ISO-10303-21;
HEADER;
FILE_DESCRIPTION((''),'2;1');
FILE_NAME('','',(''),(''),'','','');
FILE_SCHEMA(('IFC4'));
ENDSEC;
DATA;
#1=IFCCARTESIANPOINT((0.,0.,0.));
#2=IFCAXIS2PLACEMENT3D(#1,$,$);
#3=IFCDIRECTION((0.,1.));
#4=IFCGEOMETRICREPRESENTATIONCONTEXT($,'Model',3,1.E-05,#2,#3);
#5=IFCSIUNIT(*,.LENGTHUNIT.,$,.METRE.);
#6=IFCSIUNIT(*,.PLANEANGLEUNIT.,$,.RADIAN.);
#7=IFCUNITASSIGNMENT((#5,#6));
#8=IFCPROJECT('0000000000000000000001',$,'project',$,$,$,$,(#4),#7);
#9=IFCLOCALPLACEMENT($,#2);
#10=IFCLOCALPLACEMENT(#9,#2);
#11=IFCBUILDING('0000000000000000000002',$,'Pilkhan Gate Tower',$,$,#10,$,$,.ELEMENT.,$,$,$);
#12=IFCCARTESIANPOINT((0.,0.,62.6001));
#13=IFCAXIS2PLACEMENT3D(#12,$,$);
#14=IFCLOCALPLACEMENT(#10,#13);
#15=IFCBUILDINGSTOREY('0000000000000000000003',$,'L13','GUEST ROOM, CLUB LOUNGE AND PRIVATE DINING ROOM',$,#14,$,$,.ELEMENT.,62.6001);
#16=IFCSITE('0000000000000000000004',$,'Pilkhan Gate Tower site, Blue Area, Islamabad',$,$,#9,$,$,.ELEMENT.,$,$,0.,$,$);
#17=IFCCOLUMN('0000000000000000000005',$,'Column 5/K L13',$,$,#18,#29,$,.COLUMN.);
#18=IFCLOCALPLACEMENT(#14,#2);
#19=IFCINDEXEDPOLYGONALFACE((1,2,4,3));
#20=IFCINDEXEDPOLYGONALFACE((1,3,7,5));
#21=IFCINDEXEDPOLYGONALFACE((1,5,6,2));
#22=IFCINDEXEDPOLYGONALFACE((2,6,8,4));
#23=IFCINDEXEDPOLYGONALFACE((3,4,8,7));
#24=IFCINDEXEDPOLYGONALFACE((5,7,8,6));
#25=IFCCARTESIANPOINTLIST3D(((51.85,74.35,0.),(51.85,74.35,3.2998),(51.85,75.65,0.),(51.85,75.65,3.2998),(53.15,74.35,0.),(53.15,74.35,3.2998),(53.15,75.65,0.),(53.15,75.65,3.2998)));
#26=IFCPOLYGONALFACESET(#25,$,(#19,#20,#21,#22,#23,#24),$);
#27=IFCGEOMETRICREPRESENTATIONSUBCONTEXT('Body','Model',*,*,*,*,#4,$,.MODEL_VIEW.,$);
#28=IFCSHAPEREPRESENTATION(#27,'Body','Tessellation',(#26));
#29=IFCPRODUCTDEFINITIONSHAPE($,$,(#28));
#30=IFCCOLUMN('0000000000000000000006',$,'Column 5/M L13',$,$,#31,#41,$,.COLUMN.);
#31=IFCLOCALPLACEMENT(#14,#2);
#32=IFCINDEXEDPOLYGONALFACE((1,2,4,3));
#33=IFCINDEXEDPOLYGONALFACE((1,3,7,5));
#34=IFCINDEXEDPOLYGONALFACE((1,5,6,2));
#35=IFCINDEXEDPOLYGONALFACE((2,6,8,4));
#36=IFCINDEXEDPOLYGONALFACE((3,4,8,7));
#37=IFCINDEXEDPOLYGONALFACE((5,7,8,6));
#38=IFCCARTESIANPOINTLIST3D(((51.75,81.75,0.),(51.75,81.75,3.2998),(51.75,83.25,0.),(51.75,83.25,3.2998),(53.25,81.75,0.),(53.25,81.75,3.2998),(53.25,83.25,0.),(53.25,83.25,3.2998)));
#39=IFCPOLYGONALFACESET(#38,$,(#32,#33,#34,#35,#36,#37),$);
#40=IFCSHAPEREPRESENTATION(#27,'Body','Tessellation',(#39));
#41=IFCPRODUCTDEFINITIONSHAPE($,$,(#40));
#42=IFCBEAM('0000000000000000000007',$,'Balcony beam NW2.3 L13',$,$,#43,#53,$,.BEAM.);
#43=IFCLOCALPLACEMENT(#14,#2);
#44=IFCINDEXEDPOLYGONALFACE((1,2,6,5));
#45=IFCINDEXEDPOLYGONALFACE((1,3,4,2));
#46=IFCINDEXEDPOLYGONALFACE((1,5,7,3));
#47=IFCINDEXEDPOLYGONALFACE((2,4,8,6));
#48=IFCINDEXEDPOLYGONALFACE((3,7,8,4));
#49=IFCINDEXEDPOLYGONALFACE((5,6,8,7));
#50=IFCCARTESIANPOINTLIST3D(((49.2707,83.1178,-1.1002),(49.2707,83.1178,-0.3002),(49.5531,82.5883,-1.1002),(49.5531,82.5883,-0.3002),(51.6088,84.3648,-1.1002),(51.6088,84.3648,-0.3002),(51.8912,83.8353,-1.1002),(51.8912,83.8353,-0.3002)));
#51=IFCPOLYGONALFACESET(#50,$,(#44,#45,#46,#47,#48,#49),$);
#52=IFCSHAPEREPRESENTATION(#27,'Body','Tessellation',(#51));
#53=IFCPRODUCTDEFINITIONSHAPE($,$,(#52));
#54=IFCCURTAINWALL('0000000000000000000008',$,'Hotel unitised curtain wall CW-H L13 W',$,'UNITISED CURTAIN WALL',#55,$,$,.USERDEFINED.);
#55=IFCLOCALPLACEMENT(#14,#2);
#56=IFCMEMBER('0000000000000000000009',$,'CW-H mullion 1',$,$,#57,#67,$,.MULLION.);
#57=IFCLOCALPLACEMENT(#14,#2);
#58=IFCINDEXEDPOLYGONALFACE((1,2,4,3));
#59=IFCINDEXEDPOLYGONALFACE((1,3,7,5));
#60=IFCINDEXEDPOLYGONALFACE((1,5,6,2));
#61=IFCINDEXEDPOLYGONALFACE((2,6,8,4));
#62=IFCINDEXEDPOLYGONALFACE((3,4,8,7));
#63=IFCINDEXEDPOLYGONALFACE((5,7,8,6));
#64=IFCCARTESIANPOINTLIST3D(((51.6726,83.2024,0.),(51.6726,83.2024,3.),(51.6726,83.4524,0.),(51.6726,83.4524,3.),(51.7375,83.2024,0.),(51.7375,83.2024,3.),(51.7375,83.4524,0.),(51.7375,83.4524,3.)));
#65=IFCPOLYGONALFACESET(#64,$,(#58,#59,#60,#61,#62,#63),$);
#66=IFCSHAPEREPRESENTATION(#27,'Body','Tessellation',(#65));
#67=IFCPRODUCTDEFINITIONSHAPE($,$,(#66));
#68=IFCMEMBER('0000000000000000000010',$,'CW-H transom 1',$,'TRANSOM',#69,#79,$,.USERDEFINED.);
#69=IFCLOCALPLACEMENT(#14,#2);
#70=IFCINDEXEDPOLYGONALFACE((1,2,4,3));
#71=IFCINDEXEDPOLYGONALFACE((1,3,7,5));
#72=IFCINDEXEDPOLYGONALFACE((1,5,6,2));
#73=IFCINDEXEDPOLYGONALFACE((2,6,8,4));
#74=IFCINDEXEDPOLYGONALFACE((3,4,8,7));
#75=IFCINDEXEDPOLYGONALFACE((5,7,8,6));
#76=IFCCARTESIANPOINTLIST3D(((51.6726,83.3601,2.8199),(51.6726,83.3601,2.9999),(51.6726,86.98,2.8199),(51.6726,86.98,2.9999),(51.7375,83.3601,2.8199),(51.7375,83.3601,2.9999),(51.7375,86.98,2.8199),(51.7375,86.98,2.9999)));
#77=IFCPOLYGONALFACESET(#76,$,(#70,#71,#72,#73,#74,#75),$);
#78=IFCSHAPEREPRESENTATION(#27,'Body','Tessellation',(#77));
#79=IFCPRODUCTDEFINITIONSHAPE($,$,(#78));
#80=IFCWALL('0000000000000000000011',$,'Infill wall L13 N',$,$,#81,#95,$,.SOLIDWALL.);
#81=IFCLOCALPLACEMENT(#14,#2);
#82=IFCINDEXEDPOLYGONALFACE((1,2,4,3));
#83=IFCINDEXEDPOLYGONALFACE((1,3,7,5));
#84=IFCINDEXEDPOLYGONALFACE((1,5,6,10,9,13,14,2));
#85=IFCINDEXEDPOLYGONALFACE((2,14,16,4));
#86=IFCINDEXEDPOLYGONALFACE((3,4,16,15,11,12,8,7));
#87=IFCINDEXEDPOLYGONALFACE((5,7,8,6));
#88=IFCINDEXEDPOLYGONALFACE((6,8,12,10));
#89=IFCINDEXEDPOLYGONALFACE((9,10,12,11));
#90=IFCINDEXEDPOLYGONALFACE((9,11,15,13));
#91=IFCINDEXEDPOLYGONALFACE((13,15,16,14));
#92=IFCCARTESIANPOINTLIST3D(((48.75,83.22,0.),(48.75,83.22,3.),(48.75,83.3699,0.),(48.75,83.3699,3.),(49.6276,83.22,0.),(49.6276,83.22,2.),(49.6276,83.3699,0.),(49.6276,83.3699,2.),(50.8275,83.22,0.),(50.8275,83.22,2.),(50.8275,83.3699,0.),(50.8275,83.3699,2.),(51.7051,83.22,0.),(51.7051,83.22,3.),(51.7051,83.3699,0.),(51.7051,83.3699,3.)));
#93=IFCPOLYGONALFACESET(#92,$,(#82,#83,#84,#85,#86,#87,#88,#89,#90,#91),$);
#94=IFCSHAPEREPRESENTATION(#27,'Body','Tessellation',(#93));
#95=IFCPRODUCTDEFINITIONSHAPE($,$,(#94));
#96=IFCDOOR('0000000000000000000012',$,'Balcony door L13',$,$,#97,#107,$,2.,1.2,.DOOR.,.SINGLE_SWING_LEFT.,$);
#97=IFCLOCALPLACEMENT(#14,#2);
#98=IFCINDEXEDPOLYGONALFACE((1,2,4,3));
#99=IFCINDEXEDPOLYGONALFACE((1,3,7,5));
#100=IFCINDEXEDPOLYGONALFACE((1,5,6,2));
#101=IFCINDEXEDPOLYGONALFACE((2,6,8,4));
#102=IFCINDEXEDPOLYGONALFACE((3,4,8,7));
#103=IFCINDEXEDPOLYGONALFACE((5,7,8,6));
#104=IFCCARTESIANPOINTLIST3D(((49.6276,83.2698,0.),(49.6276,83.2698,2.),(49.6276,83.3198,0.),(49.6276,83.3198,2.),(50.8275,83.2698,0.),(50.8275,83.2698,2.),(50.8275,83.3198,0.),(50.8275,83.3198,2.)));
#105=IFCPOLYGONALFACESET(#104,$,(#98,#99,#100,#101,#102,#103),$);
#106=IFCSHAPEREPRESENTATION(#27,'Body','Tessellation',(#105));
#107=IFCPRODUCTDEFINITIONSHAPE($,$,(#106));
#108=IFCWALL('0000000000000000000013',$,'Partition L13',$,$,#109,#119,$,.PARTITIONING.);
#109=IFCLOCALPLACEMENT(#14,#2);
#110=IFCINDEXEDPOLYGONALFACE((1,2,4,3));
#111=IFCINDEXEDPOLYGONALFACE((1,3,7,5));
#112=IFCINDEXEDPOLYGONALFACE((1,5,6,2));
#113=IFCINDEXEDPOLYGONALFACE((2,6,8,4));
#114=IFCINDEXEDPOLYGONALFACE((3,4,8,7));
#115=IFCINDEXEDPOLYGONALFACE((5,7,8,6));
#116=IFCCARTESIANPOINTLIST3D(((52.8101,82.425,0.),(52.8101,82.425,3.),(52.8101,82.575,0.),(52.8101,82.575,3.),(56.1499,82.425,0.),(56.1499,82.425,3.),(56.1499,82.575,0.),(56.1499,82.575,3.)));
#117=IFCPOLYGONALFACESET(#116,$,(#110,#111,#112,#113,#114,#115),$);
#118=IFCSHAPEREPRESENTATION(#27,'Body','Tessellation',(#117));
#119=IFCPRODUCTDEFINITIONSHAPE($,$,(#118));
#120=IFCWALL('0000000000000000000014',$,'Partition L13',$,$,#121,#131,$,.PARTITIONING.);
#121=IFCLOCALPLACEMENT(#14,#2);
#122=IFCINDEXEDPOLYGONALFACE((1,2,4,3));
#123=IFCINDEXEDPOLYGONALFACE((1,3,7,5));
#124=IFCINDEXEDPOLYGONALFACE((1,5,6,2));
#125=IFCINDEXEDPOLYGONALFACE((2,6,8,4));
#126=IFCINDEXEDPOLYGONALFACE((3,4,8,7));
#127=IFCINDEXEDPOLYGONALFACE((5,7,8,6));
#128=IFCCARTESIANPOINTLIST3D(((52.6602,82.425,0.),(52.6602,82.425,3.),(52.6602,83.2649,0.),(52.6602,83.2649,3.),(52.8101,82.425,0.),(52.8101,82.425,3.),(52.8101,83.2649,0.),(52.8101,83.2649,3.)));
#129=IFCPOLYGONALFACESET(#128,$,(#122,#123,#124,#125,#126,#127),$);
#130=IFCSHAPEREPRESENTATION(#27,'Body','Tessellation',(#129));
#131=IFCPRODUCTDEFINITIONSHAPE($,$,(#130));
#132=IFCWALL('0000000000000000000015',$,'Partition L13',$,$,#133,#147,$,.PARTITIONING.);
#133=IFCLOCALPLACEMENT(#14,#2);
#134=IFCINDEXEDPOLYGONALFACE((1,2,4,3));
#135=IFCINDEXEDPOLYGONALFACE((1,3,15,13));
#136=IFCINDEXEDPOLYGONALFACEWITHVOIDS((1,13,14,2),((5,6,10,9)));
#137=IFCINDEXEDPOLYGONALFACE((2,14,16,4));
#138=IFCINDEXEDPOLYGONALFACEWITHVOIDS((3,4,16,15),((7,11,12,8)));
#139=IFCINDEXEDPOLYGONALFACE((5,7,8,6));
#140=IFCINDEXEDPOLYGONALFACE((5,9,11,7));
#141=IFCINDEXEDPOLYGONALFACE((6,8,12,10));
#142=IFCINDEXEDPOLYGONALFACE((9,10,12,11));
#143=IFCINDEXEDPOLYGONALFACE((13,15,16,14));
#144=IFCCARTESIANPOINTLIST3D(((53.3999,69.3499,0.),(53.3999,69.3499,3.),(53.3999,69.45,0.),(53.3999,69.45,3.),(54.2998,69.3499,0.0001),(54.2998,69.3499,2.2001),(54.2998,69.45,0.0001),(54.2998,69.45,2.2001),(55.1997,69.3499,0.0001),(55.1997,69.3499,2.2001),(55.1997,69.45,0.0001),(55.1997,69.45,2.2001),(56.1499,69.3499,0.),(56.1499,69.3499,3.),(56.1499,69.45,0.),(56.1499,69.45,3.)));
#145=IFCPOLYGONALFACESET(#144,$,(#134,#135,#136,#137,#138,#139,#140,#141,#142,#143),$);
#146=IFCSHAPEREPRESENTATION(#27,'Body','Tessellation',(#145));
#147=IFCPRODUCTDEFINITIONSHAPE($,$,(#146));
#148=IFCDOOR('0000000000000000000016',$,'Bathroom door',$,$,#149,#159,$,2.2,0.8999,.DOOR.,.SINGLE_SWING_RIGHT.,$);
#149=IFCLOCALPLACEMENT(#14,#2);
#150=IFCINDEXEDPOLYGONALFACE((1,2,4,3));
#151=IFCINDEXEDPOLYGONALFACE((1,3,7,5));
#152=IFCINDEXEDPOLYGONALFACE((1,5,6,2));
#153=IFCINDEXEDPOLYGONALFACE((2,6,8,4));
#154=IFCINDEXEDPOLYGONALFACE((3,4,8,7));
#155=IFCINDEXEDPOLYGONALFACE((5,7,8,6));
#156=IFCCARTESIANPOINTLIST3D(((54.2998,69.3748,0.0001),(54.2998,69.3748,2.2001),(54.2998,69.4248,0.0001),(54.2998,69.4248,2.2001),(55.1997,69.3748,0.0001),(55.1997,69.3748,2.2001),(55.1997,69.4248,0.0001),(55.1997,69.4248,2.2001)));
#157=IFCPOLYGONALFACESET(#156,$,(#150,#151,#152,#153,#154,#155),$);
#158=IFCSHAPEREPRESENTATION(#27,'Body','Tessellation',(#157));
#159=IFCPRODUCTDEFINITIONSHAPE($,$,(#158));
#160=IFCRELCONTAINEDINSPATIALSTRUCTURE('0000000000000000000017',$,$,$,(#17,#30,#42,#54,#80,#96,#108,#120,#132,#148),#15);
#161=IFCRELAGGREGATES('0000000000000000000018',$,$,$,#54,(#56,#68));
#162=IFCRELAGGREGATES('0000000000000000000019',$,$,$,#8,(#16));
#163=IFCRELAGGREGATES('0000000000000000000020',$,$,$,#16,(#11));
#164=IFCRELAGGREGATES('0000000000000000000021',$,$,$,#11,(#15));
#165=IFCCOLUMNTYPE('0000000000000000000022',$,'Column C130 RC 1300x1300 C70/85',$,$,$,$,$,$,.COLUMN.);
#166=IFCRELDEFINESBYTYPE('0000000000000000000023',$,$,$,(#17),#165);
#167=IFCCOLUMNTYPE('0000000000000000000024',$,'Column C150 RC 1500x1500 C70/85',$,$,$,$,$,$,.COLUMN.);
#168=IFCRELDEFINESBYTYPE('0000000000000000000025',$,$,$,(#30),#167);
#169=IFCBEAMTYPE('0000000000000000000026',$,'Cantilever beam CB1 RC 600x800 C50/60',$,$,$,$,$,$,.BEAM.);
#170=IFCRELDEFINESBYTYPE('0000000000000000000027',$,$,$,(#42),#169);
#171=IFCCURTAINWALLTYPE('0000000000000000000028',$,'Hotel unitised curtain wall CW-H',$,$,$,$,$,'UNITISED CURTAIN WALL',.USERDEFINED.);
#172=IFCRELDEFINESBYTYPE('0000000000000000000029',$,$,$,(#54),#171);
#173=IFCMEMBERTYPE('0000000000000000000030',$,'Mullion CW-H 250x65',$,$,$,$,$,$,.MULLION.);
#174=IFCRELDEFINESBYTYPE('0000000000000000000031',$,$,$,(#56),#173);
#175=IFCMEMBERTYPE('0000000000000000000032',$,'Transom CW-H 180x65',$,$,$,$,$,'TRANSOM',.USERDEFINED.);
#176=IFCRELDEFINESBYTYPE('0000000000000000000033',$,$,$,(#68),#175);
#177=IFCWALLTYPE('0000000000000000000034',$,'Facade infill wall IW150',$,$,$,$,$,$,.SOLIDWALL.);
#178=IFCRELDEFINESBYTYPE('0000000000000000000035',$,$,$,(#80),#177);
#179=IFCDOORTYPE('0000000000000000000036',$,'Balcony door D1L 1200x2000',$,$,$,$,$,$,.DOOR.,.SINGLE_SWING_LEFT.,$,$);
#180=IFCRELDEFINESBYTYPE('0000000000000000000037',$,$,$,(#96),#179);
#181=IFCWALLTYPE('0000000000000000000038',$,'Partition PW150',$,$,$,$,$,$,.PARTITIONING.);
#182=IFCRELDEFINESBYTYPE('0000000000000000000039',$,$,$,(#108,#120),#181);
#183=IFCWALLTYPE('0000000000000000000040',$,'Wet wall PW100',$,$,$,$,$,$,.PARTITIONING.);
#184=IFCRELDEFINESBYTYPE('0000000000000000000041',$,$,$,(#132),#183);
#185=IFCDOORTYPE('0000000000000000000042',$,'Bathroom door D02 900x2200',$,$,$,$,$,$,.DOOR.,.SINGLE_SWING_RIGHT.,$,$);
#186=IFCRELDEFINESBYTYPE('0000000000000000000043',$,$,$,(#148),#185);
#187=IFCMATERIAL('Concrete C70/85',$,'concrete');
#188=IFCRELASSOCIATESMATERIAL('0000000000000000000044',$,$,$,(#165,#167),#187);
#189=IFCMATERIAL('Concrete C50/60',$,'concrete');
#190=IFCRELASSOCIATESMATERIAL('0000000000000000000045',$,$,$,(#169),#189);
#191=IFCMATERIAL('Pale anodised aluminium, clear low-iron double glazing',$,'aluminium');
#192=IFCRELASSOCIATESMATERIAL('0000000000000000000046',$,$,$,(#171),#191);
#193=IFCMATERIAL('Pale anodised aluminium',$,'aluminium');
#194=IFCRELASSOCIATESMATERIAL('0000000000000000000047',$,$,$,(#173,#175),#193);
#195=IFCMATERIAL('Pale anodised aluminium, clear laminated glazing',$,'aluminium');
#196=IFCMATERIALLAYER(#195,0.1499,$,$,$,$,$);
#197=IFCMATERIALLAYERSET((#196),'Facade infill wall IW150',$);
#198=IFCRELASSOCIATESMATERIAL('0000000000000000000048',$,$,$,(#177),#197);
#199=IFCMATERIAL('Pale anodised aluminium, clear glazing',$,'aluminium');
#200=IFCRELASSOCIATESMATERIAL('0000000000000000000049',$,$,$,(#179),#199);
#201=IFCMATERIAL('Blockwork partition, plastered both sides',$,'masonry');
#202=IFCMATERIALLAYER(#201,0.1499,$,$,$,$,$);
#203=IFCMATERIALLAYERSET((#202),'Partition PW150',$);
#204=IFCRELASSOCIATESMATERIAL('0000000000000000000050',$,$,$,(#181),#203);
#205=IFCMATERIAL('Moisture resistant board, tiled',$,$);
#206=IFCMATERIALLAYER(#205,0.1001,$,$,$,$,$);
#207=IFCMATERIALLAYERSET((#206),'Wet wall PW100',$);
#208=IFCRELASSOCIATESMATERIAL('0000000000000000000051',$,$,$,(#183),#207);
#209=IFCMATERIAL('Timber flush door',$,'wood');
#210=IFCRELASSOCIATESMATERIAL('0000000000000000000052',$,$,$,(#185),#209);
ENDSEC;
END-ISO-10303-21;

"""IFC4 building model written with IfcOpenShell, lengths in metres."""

from ifc_helpers import new_model, si_unit, direction, frame, frame_2d, origin, origin_2d, place, context, subcontext, project, spatial, rectangle, extrude, material, layer, layer_set, material_profile, profile_set, type_object, element, fill, aggregate, save


model = new_model("IFC4")

# Units and contexts
model_context = context("Model", 3, precision=1e-05, world=origin(), true_north=direction((0.0, 1.0)))
body_context = subcontext(model_context, "Body", "Model", "MODEL_VIEW")
ifc_project = project(units=[si_unit("LENGTHUNIT", "METRE"), si_unit("PLANEANGLEUNIT", "RADIAN")], contexts=[model_context])

# Site, building, storey
site_placement = place(None, origin())
site = spatial("IfcSite", under=ifc_project, at=site_placement, Name="Pilkhan Gate Tower site, Blue Area, Islamabad", CompositionType="ELEMENT", RefElevation=0.0)
building_placement = place(site_placement, origin())
building = spatial("IfcBuilding", under=site, at=building_placement, Name="Pilkhan Gate Tower", CompositionType="ELEMENT")
storey_placement = place(building_placement, frame((0.0, 0.0, 62.6001)))
storey = spatial("IfcBuildingStorey", under=building, at=storey_placement, Name="L13", Description="GUEST ROOM, CLUB LOUNGE AND PRIVATE DINING ROOM", CompositionType="ELEMENT", Elevation=62.6001)

# Columns
ifc_material_1 = material(Name="Concrete C70/85", Category="concrete")
ifc_material_profile_1 = material_profile(ifc_material_1, rectangle(XDim=1.3, YDim=1.3, at=origin_2d()), Name="RC 1300x1300")
ifc_profile_set_1 = profile_set([ifc_material_profile_1], Name="Concrete C70/85")
column_type_1 = type_object("IfcColumnType", Name="Column C130 RC 1300x1300 C70/85", PredefinedType="COLUMN", material=ifc_profile_set_1)
column_1_placement = place(storey_placement, frame((52.5, 75.0, 0.0), z_axis=(0.0, 0.0, 1.0), x_axis=(1.0, 0.0, 0.0)))
element("IfcColumn", 1, at=column_1_placement, inside=storey, type_object=column_type_1, Name="Column 5/K L13", PredefinedType="COLUMN", context=body_context, shape_type="SweptSolid", body=[
    extrude(rectangle(XDim=1.3, YDim=1.3, at=origin_2d()), origin(), (0.0, 0.0, 1.0), 3.2998),
])
ifc_material_profile_2 = material_profile(ifc_material_1, rectangle(XDim=1.5, YDim=1.5, at=origin_2d()), Name="RC 1500x1500")
ifc_profile_set_2 = profile_set([ifc_material_profile_2], Name="Concrete C70/85")
column_type_2 = type_object("IfcColumnType", Name="Column C150 RC 1500x1500 C70/85", PredefinedType="COLUMN", material=ifc_profile_set_2)
column_2_placement = place(storey_placement, frame((52.5, 82.5, 0.0), z_axis=(0.0, 0.0, 1.0), x_axis=(1.0, 0.0, 0.0)))
element("IfcColumn", 2, at=column_2_placement, inside=storey, type_object=column_type_2, Name="Column 5/M L13", PredefinedType="COLUMN", context=body_context, shape_type="SweptSolid", body=[
    extrude(rectangle(XDim=1.5, YDim=1.5, at=origin_2d()), origin(), (0.0, 0.0, 1.0), 3.2998),
])

# Beam
ifc_material_2 = material(Name="Concrete C50/60", Category="concrete")
ifc_material_profile_3 = material_profile(ifc_material_2, rectangle(XDim=0.6001, YDim=0.8, at=origin_2d()), Name="RC 600x800")
ifc_profile_set_3 = profile_set([ifc_material_profile_3], Name="Concrete C50/60")
beam_type = type_object("IfcBeamType", Name="Cantilever beam CB1 RC 600x800 C50/60", PredefinedType="BEAM", material=ifc_profile_set_3)
beam_placement = place(storey_placement, frame((49.4119, 82.853, -0.7002), z_axis=(0.882343, 0.470607, 0.0), x_axis=(-0.470607, 0.882343, 0.0)))
element("IfcBeam", 3, at=beam_placement, inside=storey, type_object=beam_type, Name="Balcony beam NW2.3 L13", PredefinedType="BEAM", context=body_context, shape_type="SweptSolid", body=[
    extrude(rectangle(XDim=0.6001, YDim=0.8, at=origin_2d()), origin(), (0.0, 0.0, 1.0), 2.6499),
])

# Curtain wall, members
ifc_material_3 = material(Name="Pale anodised aluminium, clear low-iron double glazing", Category="aluminium")
curtain_wall_type = type_object("IfcCurtainWallType", Name="Hotel unitised curtain wall CW-H", ElementType="UNITISED CURTAIN WALL", PredefinedType="USERDEFINED", material=ifc_material_3)
curtain_wall_placement = place(storey_placement, origin())
curtain_wall = element("IfcCurtainWall", 4, at=curtain_wall_placement, inside=storey, type_object=curtain_wall_type, Name="Hotel unitised curtain wall CW-H L13 W", ObjectType="UNITISED CURTAIN WALL", PredefinedType="USERDEFINED")
ifc_material_4 = material(Name="Pale anodised aluminium", Category="aluminium")
ifc_material_profile_4 = material_profile(ifc_material_4, rectangle(XDim=0.0649, YDim=0.25, at=origin_2d()), Name="Mullion 250x65")
ifc_profile_set_4 = profile_set([ifc_material_profile_4], Name="Pale anodised aluminium")
member_type_1 = type_object("IfcMemberType", Name="Mullion CW-H 250x65", PredefinedType="MULLION", material=ifc_profile_set_4)
member_1_placement = place(storey_placement, frame((51.7051, 83.3274, 0.0), z_axis=(0.0, 0.0, 1.0), x_axis=(-1.0, 0.0, 0.0)))
member_1 = element("IfcMember", 5, at=member_1_placement, type_object=member_type_1, Name="CW-H mullion 1", PredefinedType="MULLION", context=body_context, shape_type="SweptSolid", body=[
    extrude(rectangle(XDim=0.0649, YDim=0.25, at=origin_2d()), origin(), (0.0, 0.0, 1.0), 3.0),
])
ifc_material_profile_5 = material_profile(ifc_material_4, rectangle(XDim=0.0649, YDim=0.1799, at=origin_2d()), Name="Transom 180x65")
ifc_profile_set_5 = profile_set([ifc_material_profile_5], Name="Pale anodised aluminium")
member_type_2 = type_object("IfcMemberType", Name="Transom CW-H 180x65", ElementType="TRANSOM", PredefinedType="USERDEFINED", material=ifc_profile_set_5)
member_2_placement = place(storey_placement, frame((51.7051, 83.3601, 2.9099), z_axis=(0.0, 1.0, 0.0), x_axis=(-1.0, 0.0, 0.0)))
member_2 = element("IfcMember", 6, at=member_2_placement, type_object=member_type_2, Name="CW-H transom 1", ObjectType="TRANSOM", PredefinedType="USERDEFINED", context=body_context, shape_type="SweptSolid", body=[
    extrude(rectangle(XDim=0.0649, YDim=0.1799, at=origin_2d()), origin(), (0.0, 0.0, 1.0), 3.6199),
])
aggregate(curtain_wall, [member_1, member_2])

# Wall, opening, door
ifc_material_5 = material(Name="Pale anodised aluminium, clear laminated glazing", Category="aluminium")
ifc_layer_1 = layer(ifc_material_5, 0.1499)
ifc_layer_set_1 = layer_set([ifc_layer_1], Name="Facade infill wall IW150")
wall_type_1 = type_object("IfcWallType", Name="Facade infill wall IW150", PredefinedType="SOLIDWALL", material=ifc_layer_set_1)
wall_1_placement = place(storey_placement, frame((48.75, 83.2949, 0.0), z_axis=(0.0, 0.0, 1.0), x_axis=(1.0, 0.0, 0.0)))
wall_1 = element("IfcWall", 7, at=wall_1_placement, inside=storey, type_object=wall_type_1, Name="Infill wall L13 N", PredefinedType="SOLIDWALL", context=body_context, shape_type="SweptSolid", body=[
    extrude(rectangle(XDim=2.9551, YDim=0.1499, at=frame_2d((1.4775, 0.0))), origin(), (0.0, 0.0, 1.0), 3.0),
])
opening_1_placement = place(wall_1_placement, frame((0.8774, 0.0, 0.0)))
opening_1 = element("IfcOpeningElement", 8, at=opening_1_placement, cuts=wall_1, PredefinedType="OPENING", context=body_context, shape_type="SweptSolid", body=[
    extrude(rectangle(XDim=1.2, YDim=2.0, at=frame_2d((0.6001, 1.0))), frame((0.0, 0.085, 0.0), z_axis=(0.0, -1.0, 0.0), x_axis=(1.0, 0.0, 0.0)), (0.0, 0.0, 1.0), 0.1699),
])
ifc_material_6 = material(Name="Pale anodised aluminium, clear glazing", Category="aluminium")
door_type_1 = type_object("IfcDoorType", Name="Balcony door D1L 1200x2000", OperationType="SINGLE_SWING_LEFT", PredefinedType="DOOR", material=ifc_material_6)
door_1_placement = place(opening_1_placement, origin())
door_1 = element("IfcDoor", 9, at=door_1_placement, inside=storey, type_object=door_type_1, Name="Balcony door L13", OperationType="SINGLE_SWING_LEFT", OverallHeight=2.0, OverallWidth=1.2, PredefinedType="DOOR", context=body_context, shape_type="SweptSolid", body=[
    extrude(rectangle(XDim=1.2, YDim=2.0, at=frame_2d((0.6001, 1.0))), frame((0.0, 0.0249, 0.0), z_axis=(0.0, -1.0, 0.0), x_axis=(1.0, 0.0, 0.0)), (0.0, 0.0, 1.0), 0.05),
])
fill(opening_1, door_1)

# Walls
ifc_material_7 = material(Name="Blockwork partition, plastered both sides", Category="masonry")
ifc_layer_2 = layer(ifc_material_7, 0.1499)
ifc_layer_set_2 = layer_set([ifc_layer_2], Name="Partition PW150")
wall_type_2 = type_object("IfcWallType", Name="Partition PW150", PredefinedType="PARTITIONING", material=ifc_layer_set_2)
wall_2_placement = place(storey_placement, frame((52.8101, 82.5, 0.0), z_axis=(0.0, 0.0, 1.0), x_axis=(1.0, 0.0, 0.0)))
element("IfcWall", 10, at=wall_2_placement, inside=storey, type_object=wall_type_2, Name="Partition L13", PredefinedType="PARTITIONING", context=body_context, shape_type="SweptSolid", body=[
    extrude(rectangle(XDim=3.3398, YDim=0.1499, at=frame_2d((1.6699, 0.0))), origin(), (0.0, 0.0, 1.0), 3.0),
])
wall_3_placement = place(storey_placement, frame((52.7351, 82.425, 0.0), z_axis=(0.0, 0.0, 1.0), x_axis=(0.0, 1.0, 0.0)))
element("IfcWall", 11, at=wall_3_placement, inside=storey, type_object=wall_type_2, Name="Partition L13", PredefinedType="PARTITIONING", context=body_context, shape_type="SweptSolid", body=[
    extrude(rectangle(XDim=0.8398, YDim=0.1499, at=frame_2d((0.4199, 0.0))), origin(), (0.0, 0.0, 1.0), 3.0),
])

# Wall, opening, door
ifc_material_8 = material(Name="Moisture resistant board, tiled")
ifc_layer_3 = layer(ifc_material_8, 0.1001)
ifc_layer_set_3 = layer_set([ifc_layer_3], Name="Wet wall PW100")
wall_type_3 = type_object("IfcWallType", Name="Wet wall PW100", PredefinedType="PARTITIONING", material=ifc_layer_set_3)
wall_4_placement = place(storey_placement, frame((53.3999, 69.3999, 0.0), z_axis=(0.0, 0.0, 1.0), x_axis=(1.0, 0.0, 0.0)))
wall_4 = element("IfcWall", 12, at=wall_4_placement, inside=storey, type_object=wall_type_3, Name="Partition L13", PredefinedType="PARTITIONING", context=body_context, shape_type="SweptSolid", body=[
    extrude(rectangle(XDim=2.75, YDim=0.1001, at=frame_2d((1.375, 0.0))), origin(), (0.0, 0.0, 1.0), 3.0),
])
opening_2_placement = place(wall_4_placement, frame((0.8999, 0.0, 0.0)))
opening_2 = element("IfcOpeningElement", 13, at=opening_2_placement, cuts=wall_4, PredefinedType="OPENING", context=body_context, shape_type="SweptSolid", body=[
    extrude(rectangle(XDim=0.8999, YDim=2.2, at=frame_2d((0.45, 1.1001))), frame((0.0, 0.0601, 0.0), z_axis=(0.0, -1.0, 0.0), x_axis=(1.0, 0.0, 0.0)), (0.0, 0.0, 1.0), 0.1201),
])
ifc_material_9 = material(Name="Timber flush door", Category="wood")
door_type_2 = type_object("IfcDoorType", Name="Bathroom door D02 900x2200", OperationType="SINGLE_SWING_RIGHT", PredefinedType="DOOR", material=ifc_material_9)
door_2_placement = place(opening_2_placement, origin())
door_2 = element("IfcDoor", 14, at=door_2_placement, inside=storey, type_object=door_type_2, Name="Bathroom door", OperationType="SINGLE_SWING_RIGHT", OverallHeight=2.2, OverallWidth=0.8999, PredefinedType="DOOR", context=body_context, shape_type="SweptSolid", body=[
    extrude(rectangle(XDim=0.8999, YDim=2.2, at=frame_2d((0.45, 1.1001))), frame((0.0, 0.0249, 0.0), z_axis=(0.0, -1.0, 0.0), x_axis=(1.0, 0.0, 0.0)), (0.0, 0.0, 1.0), 0.05),
])
fill(opening_2, door_2)

save(model, "model.ifc")
